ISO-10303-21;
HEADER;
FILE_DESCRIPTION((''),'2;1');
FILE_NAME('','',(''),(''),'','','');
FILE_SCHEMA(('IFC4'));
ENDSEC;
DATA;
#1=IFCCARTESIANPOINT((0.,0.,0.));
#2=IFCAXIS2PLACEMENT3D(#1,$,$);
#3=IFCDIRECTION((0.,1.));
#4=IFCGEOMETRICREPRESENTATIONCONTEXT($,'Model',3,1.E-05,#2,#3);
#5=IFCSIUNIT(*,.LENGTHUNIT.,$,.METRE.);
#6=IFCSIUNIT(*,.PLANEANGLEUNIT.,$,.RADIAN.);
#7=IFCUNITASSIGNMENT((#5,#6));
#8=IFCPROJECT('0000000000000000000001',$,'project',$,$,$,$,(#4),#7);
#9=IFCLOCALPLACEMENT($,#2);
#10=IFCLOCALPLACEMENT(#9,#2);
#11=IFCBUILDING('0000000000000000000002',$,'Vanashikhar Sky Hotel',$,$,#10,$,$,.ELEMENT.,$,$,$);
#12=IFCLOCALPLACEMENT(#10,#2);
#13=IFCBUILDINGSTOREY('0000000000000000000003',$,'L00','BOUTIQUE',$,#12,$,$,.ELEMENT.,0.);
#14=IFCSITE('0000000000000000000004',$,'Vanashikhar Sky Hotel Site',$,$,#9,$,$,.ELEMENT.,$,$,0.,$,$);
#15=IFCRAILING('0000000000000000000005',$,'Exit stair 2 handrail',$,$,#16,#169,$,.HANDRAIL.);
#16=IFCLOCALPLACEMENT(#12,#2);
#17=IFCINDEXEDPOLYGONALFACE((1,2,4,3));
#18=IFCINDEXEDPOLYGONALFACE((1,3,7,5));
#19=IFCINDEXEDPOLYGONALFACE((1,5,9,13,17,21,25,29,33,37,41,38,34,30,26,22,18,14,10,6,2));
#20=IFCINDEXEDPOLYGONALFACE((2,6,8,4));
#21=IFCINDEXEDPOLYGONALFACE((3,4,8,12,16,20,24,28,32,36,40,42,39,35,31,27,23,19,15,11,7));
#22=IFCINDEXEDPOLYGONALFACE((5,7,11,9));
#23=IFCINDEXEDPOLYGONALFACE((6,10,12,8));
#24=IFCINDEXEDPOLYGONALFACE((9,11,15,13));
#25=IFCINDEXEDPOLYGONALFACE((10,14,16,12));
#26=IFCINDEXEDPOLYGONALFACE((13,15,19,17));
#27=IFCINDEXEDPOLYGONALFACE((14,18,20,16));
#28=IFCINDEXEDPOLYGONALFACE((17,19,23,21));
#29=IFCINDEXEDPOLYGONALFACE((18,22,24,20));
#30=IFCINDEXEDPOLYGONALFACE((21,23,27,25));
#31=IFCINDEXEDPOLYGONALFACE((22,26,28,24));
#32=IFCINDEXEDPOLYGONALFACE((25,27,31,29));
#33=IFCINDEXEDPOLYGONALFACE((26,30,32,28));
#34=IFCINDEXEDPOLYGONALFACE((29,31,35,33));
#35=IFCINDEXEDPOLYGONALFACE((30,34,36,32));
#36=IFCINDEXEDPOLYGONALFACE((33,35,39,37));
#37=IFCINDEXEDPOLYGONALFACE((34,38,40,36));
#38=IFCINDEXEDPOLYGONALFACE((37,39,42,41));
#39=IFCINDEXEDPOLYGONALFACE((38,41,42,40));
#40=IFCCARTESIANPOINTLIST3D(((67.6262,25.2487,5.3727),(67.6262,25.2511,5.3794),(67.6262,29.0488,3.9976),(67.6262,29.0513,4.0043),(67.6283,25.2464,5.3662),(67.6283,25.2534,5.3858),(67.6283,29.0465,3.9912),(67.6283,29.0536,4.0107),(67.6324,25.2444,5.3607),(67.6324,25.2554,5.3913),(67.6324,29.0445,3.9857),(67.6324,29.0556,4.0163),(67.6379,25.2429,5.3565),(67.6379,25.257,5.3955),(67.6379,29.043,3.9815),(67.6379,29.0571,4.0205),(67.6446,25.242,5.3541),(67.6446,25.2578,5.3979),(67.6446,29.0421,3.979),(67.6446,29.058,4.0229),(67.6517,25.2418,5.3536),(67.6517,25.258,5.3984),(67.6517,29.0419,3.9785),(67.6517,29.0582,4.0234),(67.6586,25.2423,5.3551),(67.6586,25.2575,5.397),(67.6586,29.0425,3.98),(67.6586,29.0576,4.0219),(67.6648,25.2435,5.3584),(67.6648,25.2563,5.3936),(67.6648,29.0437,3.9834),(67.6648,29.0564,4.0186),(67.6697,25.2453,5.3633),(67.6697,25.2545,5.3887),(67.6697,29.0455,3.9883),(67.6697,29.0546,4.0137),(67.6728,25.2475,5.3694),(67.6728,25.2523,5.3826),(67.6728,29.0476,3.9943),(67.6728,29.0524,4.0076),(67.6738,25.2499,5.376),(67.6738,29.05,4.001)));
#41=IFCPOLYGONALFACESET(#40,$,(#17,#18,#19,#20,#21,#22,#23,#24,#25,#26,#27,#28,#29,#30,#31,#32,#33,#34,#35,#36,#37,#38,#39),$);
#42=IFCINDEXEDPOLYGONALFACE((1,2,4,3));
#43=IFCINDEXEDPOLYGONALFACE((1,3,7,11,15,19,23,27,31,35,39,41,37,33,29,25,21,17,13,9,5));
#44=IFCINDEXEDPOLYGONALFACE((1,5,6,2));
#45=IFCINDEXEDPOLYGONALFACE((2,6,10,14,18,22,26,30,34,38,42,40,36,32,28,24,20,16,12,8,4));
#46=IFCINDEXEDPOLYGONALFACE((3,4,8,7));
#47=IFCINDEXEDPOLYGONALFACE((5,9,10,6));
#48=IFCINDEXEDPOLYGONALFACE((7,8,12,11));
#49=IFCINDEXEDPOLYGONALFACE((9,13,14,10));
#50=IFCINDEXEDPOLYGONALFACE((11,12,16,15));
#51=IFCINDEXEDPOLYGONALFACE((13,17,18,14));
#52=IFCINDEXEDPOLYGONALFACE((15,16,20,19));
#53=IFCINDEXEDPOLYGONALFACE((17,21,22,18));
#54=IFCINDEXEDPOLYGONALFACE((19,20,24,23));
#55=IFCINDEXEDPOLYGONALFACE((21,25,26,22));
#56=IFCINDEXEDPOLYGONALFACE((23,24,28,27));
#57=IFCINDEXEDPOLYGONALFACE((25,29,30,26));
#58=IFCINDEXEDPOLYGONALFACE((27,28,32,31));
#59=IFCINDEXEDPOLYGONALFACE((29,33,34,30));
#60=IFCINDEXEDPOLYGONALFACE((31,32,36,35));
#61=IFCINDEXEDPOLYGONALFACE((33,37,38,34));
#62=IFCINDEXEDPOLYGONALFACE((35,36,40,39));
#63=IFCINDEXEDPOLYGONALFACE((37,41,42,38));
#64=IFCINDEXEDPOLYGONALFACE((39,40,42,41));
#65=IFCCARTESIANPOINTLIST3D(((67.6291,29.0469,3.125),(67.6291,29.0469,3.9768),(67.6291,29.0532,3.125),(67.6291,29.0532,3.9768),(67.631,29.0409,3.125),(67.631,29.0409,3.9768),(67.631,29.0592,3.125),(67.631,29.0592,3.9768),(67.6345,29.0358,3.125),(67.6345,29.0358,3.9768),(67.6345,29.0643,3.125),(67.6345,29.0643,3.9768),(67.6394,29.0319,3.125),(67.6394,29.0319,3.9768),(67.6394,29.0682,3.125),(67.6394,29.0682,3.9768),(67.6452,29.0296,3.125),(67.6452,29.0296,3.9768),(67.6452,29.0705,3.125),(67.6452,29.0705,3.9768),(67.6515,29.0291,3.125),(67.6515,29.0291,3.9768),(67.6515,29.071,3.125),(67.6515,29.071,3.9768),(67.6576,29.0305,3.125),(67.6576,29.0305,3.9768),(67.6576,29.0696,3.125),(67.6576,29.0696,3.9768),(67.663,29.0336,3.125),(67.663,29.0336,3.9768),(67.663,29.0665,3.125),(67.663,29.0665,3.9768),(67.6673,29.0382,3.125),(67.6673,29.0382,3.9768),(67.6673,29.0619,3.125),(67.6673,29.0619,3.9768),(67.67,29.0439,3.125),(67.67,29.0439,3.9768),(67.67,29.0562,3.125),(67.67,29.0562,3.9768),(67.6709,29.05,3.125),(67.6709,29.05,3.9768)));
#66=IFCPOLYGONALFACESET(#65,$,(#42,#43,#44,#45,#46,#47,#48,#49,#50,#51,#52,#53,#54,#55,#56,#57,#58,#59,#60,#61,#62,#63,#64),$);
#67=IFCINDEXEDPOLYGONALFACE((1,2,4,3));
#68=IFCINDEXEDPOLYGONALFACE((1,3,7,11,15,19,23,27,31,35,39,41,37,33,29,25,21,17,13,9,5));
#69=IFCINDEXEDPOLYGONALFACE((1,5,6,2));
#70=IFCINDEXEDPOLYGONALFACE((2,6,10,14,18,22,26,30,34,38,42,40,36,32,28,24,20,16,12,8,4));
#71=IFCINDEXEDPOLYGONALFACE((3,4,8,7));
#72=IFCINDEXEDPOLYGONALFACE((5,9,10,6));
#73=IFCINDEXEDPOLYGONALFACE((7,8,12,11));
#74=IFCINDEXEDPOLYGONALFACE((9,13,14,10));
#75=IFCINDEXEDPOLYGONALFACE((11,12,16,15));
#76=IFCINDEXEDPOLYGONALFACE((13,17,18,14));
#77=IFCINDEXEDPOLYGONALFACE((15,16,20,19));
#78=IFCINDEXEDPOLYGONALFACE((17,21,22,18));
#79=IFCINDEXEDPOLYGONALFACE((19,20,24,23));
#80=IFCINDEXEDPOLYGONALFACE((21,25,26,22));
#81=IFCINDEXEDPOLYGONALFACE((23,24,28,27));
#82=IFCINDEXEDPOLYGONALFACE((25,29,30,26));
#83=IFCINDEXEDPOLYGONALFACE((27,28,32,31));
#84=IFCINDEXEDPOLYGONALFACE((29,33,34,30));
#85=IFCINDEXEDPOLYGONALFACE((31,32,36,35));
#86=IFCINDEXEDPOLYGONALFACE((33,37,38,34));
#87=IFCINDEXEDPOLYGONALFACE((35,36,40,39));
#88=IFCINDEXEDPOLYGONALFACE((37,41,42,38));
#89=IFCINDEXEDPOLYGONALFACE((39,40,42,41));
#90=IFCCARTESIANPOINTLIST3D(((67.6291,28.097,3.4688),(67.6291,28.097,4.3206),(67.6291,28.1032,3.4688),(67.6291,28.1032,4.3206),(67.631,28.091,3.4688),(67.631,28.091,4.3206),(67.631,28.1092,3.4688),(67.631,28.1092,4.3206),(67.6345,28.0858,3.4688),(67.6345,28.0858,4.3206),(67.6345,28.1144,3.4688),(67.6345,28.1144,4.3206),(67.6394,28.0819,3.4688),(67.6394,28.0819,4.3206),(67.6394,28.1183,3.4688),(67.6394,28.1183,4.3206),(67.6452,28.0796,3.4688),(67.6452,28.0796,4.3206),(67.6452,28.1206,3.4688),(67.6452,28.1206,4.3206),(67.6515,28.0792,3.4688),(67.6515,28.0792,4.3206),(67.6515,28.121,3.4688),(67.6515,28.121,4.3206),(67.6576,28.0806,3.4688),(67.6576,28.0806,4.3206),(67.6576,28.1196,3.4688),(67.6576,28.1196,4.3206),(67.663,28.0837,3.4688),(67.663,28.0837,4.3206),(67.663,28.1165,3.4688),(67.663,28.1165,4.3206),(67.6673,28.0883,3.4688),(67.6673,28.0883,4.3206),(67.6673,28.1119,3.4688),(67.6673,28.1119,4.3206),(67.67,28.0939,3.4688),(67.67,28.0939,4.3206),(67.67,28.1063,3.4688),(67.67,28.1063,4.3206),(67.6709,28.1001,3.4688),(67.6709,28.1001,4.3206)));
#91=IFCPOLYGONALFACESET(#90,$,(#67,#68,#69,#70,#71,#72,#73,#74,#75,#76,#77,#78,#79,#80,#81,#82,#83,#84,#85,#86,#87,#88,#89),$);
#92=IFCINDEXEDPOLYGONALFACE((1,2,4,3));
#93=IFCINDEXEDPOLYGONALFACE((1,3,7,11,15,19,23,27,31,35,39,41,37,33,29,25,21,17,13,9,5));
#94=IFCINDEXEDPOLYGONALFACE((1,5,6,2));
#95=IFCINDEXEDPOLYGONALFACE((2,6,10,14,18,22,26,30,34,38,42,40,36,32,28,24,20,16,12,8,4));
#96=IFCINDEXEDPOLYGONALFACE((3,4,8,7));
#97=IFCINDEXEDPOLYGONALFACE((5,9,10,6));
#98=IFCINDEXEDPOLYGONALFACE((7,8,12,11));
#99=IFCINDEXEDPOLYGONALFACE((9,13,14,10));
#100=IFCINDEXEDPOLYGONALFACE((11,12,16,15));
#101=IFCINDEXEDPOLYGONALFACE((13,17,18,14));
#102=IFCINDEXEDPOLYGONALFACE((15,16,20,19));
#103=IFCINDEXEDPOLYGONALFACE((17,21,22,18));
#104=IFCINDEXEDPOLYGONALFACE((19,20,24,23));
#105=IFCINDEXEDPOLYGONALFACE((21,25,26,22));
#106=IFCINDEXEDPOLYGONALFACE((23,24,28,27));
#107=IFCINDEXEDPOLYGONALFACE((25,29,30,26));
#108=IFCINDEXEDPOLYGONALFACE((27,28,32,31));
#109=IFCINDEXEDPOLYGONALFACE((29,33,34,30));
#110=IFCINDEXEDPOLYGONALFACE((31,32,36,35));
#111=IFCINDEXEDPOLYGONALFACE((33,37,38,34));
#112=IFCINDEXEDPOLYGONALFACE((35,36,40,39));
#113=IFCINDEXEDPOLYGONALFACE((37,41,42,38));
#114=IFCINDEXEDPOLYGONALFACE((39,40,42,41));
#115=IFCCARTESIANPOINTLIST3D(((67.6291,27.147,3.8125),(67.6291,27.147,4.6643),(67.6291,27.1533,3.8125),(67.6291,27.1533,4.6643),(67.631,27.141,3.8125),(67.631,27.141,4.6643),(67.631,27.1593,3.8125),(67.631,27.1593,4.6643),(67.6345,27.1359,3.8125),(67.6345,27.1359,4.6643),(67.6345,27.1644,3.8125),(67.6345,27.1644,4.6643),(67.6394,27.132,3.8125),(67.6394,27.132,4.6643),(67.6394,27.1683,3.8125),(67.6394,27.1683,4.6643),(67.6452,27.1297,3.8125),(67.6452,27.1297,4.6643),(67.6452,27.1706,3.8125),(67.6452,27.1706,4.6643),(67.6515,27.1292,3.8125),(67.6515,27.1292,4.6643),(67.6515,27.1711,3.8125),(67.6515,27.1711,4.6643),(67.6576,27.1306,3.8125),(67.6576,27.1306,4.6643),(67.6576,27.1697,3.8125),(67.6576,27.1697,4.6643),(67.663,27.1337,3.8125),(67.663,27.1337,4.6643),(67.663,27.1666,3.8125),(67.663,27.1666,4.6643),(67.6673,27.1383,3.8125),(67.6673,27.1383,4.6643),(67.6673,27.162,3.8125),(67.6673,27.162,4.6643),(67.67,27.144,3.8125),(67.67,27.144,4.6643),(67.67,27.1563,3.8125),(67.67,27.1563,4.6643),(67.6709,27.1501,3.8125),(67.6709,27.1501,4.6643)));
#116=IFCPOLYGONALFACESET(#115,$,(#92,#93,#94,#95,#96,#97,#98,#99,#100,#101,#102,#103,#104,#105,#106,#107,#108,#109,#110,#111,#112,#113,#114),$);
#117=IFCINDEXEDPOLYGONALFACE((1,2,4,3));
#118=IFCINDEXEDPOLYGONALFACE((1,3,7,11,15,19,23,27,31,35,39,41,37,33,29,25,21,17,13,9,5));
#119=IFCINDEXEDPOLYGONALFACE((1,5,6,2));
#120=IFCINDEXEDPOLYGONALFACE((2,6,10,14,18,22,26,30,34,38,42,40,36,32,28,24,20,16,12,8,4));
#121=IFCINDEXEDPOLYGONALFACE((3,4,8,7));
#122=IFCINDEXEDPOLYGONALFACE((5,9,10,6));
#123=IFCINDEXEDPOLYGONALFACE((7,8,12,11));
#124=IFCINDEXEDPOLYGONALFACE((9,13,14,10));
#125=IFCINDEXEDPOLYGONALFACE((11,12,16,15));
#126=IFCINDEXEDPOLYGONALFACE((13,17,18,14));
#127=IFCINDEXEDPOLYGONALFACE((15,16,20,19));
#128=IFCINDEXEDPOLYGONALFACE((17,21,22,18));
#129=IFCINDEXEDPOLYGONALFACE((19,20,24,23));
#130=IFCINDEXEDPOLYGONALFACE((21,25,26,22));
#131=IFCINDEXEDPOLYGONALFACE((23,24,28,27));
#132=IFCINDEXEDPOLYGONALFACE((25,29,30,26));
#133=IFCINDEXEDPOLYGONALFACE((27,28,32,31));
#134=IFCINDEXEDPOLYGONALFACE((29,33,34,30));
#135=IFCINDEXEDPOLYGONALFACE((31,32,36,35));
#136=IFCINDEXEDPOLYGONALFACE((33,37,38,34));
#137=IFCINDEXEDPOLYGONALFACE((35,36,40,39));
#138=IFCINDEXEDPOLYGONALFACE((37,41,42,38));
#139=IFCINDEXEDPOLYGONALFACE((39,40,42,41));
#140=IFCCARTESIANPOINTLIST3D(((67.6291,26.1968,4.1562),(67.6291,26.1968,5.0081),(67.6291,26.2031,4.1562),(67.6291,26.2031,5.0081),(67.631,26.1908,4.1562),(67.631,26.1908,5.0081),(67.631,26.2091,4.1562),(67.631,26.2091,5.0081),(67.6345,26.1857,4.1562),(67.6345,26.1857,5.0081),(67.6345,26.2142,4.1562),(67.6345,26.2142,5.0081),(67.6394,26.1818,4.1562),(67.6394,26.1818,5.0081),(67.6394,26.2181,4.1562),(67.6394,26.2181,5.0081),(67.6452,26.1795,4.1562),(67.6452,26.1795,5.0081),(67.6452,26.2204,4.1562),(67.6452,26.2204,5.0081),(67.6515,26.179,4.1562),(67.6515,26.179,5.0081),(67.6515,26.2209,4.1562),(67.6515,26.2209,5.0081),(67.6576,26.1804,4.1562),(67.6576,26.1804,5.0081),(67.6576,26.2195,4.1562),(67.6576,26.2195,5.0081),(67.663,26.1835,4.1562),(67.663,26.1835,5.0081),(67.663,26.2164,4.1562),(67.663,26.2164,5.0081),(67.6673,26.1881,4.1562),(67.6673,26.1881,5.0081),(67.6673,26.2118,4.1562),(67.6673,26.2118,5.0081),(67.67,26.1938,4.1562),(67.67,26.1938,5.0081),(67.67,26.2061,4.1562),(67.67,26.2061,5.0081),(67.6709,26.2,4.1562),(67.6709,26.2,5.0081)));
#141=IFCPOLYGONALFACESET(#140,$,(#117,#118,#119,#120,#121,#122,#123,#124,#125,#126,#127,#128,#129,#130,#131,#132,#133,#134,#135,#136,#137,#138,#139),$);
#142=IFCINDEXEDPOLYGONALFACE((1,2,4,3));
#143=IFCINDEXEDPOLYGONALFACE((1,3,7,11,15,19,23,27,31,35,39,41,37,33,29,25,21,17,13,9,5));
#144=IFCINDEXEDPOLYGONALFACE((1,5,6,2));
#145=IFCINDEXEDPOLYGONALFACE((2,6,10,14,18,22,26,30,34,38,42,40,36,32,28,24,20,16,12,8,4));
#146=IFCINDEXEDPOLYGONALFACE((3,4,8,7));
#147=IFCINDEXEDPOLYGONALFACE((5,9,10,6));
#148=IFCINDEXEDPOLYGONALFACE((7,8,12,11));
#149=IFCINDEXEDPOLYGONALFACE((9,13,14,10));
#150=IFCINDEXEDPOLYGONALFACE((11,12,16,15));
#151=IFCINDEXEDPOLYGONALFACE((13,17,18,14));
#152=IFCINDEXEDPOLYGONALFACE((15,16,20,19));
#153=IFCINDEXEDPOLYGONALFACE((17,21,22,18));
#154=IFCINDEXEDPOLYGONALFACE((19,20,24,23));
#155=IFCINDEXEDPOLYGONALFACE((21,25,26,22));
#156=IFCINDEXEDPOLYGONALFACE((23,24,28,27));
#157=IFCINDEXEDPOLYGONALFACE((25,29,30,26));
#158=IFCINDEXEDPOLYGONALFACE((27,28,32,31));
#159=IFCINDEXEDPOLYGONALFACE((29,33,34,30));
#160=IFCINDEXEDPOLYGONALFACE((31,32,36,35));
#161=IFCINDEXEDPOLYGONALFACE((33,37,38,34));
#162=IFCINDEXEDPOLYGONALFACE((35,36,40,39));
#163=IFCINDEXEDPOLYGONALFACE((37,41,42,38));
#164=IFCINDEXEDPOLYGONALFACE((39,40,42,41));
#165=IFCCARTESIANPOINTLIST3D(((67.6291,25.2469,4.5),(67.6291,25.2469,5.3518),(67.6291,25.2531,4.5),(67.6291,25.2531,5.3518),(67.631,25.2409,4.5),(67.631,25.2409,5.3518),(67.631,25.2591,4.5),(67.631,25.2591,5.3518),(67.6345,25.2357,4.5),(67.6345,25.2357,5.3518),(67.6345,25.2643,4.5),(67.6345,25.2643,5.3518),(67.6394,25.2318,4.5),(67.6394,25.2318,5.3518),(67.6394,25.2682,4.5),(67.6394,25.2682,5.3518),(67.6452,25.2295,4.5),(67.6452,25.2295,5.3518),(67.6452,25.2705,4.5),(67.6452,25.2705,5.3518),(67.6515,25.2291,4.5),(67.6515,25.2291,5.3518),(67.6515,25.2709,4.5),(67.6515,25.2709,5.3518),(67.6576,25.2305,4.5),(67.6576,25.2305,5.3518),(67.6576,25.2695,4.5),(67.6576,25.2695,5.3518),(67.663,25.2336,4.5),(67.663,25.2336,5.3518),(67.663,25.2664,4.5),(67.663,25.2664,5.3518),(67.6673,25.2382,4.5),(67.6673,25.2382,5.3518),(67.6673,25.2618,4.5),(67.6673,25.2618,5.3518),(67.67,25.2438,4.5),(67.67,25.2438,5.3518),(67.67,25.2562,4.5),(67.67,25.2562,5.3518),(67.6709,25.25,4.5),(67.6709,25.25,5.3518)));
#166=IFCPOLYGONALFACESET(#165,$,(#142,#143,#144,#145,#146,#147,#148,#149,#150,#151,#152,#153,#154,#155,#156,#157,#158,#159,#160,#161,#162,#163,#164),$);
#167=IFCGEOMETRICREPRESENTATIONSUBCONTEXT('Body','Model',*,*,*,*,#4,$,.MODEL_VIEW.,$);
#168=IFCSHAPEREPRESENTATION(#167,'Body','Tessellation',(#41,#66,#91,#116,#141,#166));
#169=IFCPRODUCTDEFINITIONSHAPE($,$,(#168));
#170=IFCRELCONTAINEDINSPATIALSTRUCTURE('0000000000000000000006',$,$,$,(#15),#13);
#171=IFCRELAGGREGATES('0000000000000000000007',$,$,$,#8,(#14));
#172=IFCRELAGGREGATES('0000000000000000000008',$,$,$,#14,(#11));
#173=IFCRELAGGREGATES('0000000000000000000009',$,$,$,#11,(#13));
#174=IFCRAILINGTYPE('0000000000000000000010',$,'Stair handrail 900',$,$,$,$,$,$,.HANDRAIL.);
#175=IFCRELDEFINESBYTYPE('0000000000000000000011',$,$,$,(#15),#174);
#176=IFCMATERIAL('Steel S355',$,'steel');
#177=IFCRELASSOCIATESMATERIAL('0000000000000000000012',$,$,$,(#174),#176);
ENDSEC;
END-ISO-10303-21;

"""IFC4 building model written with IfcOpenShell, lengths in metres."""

from ifc_helpers import new_model, si_unit, direction, frame, origin, origin_2d, place, context, subcontext, project, spatial, circle, extrude, source, transform, mapped, material, type_object, element, save


model = new_model("IFC4")

# Units and contexts
model_context = context("Model", 3, precision=1e-05, world=origin(), true_north=direction((0.0, 1.0)))
body_context = subcontext(model_context, "Body", "Model", "MODEL_VIEW")
ifc_project = project(units=[si_unit("LENGTHUNIT", "METRE"), si_unit("PLANEANGLEUNIT", "RADIAN")], contexts=[model_context])

# Site, building, storey
site_placement = place(None, origin())
site = spatial("IfcSite", under=ifc_project, at=site_placement, Name="Vanashikhar Sky Hotel Site", CompositionType="ELEMENT", RefElevation=0.0)
building_placement = place(site_placement, origin())
building = spatial("IfcBuilding", under=site, at=building_placement, Name="Vanashikhar Sky Hotel", CompositionType="ELEMENT")
storey_placement = place(building_placement, origin())
storey = spatial("IfcBuildingStorey", under=building, at=storey_placement, Name="L00", Description="BOUTIQUE", CompositionType="ELEMENT", Elevation=0.0)

# Railing
ifc_material_1 = material(Name="Steel S355", Category="steel")
railing_type = type_object("IfcRailingType", Name="Stair handrail 900", PredefinedType="HANDRAIL", material=ifc_material_1)
shared_shape_1 = source(origin(), body_context, "Body", "SweptSolid", [
    extrude(circle(Radius=0.0239, at=origin_2d()), frame((0.0, 0.0, 0.876), z_axis=(0.0, -0.940336, 0.340249), x_axis=(1.0, 0.0, 0.0)), (0.0, 0.0, 1.0), 4.0413),
    extrude(circle(Radius=0.021, at=origin_2d()), origin(), (0.0, 0.0, 1.0), 0.8518),
    extrude(circle(Radius=0.021, at=origin_2d()), frame((0.0, -0.95, 0.3438)), (0.0, 0.0, 1.0), 0.8518),
    extrude(circle(Radius=0.021, at=origin_2d()), frame((0.0, -1.8999, 0.6875)), (0.0, 0.0, 1.0), 0.8518),
    extrude(circle(Radius=0.021, at=origin_2d()), frame((0.0, -2.8501, 1.0312)), (0.0, 0.0, 1.0), 0.8518),
    extrude(circle(Radius=0.021, at=origin_2d()), frame((0.0, -3.8, 1.375)), (0.0, 0.0, 1.0), 0.8518),
])
for number, where, name in (
    (1, (67.6499, 29.05, 3.125), "Exit stair 2 handrail"),
):
    element("IfcRailing", number, at=place(storey_placement, frame(where)), inside=storey, type_object=railing_type, Name=name, PredefinedType="HANDRAIL", context=body_context, shape_type="MappedRepresentation", body=[
        mapped(shared_shape_1, transform((0.0, 0.0, 0.0), scale=1.0)),
    ])

save(model, "model.ifc")
